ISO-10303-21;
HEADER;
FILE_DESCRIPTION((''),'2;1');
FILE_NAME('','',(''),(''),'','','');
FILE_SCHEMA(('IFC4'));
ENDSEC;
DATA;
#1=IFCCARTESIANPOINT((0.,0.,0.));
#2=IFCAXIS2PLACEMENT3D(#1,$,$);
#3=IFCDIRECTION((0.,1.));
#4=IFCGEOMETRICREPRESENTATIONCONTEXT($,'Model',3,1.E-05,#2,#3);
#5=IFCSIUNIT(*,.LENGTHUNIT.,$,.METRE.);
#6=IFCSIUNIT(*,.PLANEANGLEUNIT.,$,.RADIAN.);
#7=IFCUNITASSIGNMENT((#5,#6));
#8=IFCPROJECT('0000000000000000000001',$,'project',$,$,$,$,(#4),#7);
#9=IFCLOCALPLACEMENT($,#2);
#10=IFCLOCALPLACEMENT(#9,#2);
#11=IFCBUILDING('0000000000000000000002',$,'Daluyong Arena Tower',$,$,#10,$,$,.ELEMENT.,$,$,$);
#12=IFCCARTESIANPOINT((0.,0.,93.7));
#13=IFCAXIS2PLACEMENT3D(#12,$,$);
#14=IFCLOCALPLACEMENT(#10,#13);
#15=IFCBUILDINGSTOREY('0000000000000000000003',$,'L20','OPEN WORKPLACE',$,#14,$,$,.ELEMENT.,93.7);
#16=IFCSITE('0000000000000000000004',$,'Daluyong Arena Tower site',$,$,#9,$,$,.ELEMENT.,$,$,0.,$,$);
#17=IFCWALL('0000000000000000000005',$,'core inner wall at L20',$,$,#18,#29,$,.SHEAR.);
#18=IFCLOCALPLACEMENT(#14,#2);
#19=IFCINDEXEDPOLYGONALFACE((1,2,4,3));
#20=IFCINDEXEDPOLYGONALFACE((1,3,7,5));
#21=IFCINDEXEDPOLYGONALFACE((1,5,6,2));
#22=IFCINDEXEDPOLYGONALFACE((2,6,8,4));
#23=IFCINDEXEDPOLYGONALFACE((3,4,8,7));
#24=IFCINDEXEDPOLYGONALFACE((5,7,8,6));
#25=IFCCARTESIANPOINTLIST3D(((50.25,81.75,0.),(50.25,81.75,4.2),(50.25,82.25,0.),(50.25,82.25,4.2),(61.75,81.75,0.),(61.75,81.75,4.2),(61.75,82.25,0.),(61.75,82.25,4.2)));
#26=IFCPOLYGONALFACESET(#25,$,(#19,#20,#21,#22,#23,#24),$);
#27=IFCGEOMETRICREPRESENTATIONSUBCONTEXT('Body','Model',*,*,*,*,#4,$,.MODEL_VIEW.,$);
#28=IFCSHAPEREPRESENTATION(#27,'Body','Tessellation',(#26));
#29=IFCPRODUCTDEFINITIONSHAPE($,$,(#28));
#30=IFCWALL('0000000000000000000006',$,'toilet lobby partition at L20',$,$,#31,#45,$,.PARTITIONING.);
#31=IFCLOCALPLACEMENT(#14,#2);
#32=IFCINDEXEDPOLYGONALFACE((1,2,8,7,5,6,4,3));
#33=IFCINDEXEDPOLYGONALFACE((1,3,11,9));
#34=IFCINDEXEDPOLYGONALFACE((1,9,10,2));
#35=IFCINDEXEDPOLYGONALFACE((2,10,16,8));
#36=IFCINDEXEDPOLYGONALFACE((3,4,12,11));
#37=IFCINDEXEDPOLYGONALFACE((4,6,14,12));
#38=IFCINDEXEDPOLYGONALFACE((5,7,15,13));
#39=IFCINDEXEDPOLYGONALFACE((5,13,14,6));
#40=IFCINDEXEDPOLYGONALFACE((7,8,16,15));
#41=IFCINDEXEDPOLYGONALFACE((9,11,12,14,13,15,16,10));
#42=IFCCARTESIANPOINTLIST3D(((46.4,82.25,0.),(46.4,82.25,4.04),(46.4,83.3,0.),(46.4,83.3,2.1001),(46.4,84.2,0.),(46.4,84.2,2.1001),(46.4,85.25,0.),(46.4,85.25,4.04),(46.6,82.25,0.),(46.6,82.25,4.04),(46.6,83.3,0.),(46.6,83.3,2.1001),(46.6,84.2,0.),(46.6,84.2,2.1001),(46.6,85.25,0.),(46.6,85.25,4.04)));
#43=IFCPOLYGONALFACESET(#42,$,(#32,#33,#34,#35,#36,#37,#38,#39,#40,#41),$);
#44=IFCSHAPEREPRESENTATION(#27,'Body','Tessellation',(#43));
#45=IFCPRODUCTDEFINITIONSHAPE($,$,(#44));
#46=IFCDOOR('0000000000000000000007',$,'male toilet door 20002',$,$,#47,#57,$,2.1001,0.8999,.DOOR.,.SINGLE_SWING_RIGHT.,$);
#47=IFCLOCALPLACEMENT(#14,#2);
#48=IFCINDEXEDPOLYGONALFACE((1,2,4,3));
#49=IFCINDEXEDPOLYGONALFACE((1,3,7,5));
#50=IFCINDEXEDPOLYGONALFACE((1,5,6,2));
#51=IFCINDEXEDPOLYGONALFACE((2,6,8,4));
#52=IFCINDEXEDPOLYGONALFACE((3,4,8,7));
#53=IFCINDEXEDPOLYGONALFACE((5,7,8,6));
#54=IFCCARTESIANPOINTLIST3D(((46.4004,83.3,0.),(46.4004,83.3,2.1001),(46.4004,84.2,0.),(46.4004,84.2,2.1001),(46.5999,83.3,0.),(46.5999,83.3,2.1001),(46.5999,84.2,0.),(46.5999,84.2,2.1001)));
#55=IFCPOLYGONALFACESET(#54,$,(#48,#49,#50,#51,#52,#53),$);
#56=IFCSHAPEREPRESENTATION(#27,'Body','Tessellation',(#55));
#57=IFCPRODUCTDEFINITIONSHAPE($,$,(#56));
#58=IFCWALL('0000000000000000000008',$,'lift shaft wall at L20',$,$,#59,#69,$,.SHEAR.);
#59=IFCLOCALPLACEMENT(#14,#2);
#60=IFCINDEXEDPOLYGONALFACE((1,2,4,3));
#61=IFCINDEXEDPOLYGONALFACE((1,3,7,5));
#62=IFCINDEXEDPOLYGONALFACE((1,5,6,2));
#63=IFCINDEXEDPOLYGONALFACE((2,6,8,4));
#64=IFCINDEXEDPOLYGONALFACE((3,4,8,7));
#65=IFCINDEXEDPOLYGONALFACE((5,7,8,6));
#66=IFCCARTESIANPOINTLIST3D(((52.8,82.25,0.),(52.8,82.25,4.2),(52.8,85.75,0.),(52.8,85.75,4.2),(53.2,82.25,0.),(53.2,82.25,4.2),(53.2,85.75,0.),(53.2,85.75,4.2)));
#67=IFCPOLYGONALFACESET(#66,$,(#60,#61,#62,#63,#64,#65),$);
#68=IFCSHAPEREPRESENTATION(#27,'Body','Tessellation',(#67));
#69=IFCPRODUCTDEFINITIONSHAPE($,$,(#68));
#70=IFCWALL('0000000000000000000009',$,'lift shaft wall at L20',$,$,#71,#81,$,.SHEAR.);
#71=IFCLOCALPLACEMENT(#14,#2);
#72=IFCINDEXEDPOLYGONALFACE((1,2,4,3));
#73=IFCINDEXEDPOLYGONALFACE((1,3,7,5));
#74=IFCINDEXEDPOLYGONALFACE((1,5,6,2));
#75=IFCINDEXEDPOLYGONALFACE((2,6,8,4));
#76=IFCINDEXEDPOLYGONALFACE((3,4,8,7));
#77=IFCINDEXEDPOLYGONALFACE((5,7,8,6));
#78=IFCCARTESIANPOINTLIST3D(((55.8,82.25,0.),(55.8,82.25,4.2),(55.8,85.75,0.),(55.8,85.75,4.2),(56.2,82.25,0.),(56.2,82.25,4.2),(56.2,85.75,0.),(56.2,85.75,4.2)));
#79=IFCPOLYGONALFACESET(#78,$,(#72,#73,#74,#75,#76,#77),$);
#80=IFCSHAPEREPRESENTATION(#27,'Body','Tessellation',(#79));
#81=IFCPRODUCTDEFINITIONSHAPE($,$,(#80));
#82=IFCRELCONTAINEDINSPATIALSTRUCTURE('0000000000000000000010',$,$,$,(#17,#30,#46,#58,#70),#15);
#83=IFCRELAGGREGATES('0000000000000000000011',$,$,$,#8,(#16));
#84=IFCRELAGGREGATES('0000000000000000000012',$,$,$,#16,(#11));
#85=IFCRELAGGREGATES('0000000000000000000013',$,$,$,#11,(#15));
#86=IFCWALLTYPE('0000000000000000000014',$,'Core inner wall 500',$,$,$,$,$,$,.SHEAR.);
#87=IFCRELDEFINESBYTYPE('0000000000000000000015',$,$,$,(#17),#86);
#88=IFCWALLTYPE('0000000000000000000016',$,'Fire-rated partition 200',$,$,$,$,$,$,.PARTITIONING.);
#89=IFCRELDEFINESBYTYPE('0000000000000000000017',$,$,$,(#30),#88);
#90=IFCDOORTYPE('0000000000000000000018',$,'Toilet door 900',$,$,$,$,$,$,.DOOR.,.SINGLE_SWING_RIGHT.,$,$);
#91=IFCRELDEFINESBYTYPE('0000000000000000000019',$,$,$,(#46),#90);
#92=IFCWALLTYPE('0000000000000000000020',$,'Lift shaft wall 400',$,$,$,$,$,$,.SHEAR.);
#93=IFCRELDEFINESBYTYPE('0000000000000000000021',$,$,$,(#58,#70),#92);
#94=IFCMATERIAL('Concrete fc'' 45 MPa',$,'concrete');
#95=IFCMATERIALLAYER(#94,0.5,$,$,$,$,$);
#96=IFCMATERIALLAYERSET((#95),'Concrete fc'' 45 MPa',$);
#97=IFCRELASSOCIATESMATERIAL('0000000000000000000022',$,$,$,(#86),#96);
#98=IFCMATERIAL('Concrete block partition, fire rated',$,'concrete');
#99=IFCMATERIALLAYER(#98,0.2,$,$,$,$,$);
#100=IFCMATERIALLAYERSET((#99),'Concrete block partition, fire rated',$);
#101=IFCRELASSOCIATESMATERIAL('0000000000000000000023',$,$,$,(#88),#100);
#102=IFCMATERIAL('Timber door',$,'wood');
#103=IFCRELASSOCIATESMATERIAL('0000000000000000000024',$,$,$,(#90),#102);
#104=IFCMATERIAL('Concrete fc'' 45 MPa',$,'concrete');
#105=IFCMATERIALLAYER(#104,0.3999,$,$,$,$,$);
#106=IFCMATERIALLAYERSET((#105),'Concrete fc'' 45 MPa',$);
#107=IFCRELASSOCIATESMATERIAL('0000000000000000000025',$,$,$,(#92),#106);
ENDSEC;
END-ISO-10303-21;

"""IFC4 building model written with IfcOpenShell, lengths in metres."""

from ifc_helpers import new_model, si_unit, direction, frame, frame_2d, origin, place, context, subcontext, project, spatial, rectangle, extrude, material, layer, layer_set, type_object, element, fill, save


model = new_model("IFC4")

# Units and contexts
model_context = context("Model", 3, precision=1e-05, world=origin(), true_north=direction((0.0, 1.0)))
body_context = subcontext(model_context, "Body", "Model", "MODEL_VIEW")
ifc_project = project(units=[si_unit("LENGTHUNIT", "METRE"), si_unit("PLANEANGLEUNIT", "RADIAN")], contexts=[model_context])

# Site, building, storey
site_placement = place(None, origin())
site = spatial("IfcSite", under=ifc_project, at=site_placement, Name="Daluyong Arena Tower site", CompositionType="ELEMENT", RefElevation=0.0)
building_placement = place(site_placement, origin())
building = spatial("IfcBuilding", under=site, at=building_placement, Name="Daluyong Arena Tower", CompositionType="ELEMENT")
storey_placement = place(building_placement, frame((0.0, 0.0, 93.7)))
storey = spatial("IfcBuildingStorey", under=building, at=storey_placement, Name="L20", Description="OPEN WORKPLACE", CompositionType="ELEMENT", Elevation=93.7)

# Shared definitions
ifc_material_1 = material(Name="Concrete fc' 45 MPa", Category="concrete")
ifc_layer_1 = layer(ifc_material_1, 0.5)
ifc_layer_set_1 = layer_set([ifc_layer_1], Name="Concrete fc' 45 MPa")
wall_type_1 = type_object("IfcWallType", Name="Core inner wall 500", PredefinedType="SHEAR", material=ifc_layer_set_1)

# Wall
wall_1_placement = place(storey_placement, frame((50.25, 82.0, 0.0), z_axis=(0.0, 0.0, 1.0), x_axis=(1.0, 0.0, 0.0)))
element("IfcWall", 1, at=wall_1_placement, inside=storey, type_object=wall_type_1, Name="core inner wall at L20", PredefinedType="SHEAR", context=body_context, shape_type="SweptSolid", body=[
    extrude(rectangle(XDim=11.5, YDim=0.5, at=frame_2d((5.75, 0.0))), origin(), (0.0, 0.0, 1.0), 4.2),
])

# Wall, opening, door
ifc_material_2 = material(Name="Concrete block partition, fire rated", Category="concrete")
ifc_layer_2 = layer(ifc_material_2, 0.2)
ifc_layer_set_2 = layer_set([ifc_layer_2], Name="Concrete block partition, fire rated")
wall_type_2 = type_object("IfcWallType", Name="Fire-rated partition 200", PredefinedType="PARTITIONING", material=ifc_layer_set_2)
wall_2_placement = place(storey_placement, frame((46.5, 82.25, 0.0), z_axis=(0.0, 0.0, 1.0), x_axis=(0.0, 1.0, 0.0)))
wall_2 = element("IfcWall", 2, at=wall_2_placement, inside=storey, type_object=wall_type_2, Name="toilet lobby partition at L20", PredefinedType="PARTITIONING", context=body_context, shape_type="SweptSolid", body=[
    extrude(rectangle(XDim=3.0, YDim=0.2, at=frame_2d((1.5, 0.0))), origin(), (0.0, 0.0, 1.0), 4.04),
])
opening_1_placement = place(wall_2_placement, frame((1.05, 0.0, 0.0)))
opening_1 = element("IfcOpeningElement", 3, at=opening_1_placement, cuts=wall_2, PredefinedType="OPENING", context=body_context, shape_type="SweptSolid", body=[
    extrude(rectangle(XDim=0.8999, YDim=2.1001, at=frame_2d((0.45, 1.05))), frame((0.0, 0.1099, 0.0), z_axis=(0.0, -1.0, 0.0), x_axis=(1.0, 0.0, 0.0)), (0.0, 0.0, 1.0), 0.22),
])
ifc_material_3 = material(Name="Timber door", Category="wood")
door_type_1 = type_object("IfcDoorType", Name="Toilet door 900", OperationType="SINGLE_SWING_RIGHT", PredefinedType="DOOR", material=ifc_material_3)
door_1_placement = place(opening_1_placement, origin())
door_1 = element("IfcDoor", 4, at=door_1_placement, inside=storey, type_object=door_type_1, Name="male toilet door 20002", OperationType="SINGLE_SWING_RIGHT", OverallHeight=2.1001, OverallWidth=0.8999, PredefinedType="DOOR", context=body_context, shape_type="SweptSolid", body=[
    extrude(rectangle(XDim=0.8999, YDim=2.1001, at=frame_2d((0.45, 1.05))), frame((0.0, 0.0996, 0.0), z_axis=(0.0, -1.0, 0.0), x_axis=(1.0, 0.0, 0.0)), (0.0, 0.0, 1.0), 0.1995),
])
fill(opening_1, door_1)

# Walls
ifc_material_4 = material(Name="Concrete fc' 45 MPa", Category="concrete")
ifc_layer_3 = layer(ifc_material_4, 0.3999)
ifc_layer_set_3 = layer_set([ifc_layer_3], Name="Concrete fc' 45 MPa")
wall_type_3 = type_object("IfcWallType", Name="Lift shaft wall 400", PredefinedType="SHEAR", material=ifc_layer_set_3)
for number, where, z_axis, x_axis, name in (
    (5, (53.0, 82.25, 0.0), (0.0, 0.0, 1.0), (0.0, 1.0, 0.0), "lift shaft wall at L20"),
    (6, (56.0, 82.25, 0.0), (0.0, 0.0, 1.0), (0.0, 1.0, 0.0), "lift shaft wall at L20"),
):
    element("IfcWall", number, at=place(storey_placement, frame(where, z_axis=z_axis, x_axis=x_axis)), inside=storey, type_object=wall_type_3, Name=name, PredefinedType="SHEAR", context=body_context, shape_type="SweptSolid", body=[
        extrude(rectangle(XDim=3.5, YDim=0.3999, at=frame_2d((1.75, 0.0))), origin(), (0.0, 0.0, 1.0), 4.2),
    ])

save(model, "model.ifc")
